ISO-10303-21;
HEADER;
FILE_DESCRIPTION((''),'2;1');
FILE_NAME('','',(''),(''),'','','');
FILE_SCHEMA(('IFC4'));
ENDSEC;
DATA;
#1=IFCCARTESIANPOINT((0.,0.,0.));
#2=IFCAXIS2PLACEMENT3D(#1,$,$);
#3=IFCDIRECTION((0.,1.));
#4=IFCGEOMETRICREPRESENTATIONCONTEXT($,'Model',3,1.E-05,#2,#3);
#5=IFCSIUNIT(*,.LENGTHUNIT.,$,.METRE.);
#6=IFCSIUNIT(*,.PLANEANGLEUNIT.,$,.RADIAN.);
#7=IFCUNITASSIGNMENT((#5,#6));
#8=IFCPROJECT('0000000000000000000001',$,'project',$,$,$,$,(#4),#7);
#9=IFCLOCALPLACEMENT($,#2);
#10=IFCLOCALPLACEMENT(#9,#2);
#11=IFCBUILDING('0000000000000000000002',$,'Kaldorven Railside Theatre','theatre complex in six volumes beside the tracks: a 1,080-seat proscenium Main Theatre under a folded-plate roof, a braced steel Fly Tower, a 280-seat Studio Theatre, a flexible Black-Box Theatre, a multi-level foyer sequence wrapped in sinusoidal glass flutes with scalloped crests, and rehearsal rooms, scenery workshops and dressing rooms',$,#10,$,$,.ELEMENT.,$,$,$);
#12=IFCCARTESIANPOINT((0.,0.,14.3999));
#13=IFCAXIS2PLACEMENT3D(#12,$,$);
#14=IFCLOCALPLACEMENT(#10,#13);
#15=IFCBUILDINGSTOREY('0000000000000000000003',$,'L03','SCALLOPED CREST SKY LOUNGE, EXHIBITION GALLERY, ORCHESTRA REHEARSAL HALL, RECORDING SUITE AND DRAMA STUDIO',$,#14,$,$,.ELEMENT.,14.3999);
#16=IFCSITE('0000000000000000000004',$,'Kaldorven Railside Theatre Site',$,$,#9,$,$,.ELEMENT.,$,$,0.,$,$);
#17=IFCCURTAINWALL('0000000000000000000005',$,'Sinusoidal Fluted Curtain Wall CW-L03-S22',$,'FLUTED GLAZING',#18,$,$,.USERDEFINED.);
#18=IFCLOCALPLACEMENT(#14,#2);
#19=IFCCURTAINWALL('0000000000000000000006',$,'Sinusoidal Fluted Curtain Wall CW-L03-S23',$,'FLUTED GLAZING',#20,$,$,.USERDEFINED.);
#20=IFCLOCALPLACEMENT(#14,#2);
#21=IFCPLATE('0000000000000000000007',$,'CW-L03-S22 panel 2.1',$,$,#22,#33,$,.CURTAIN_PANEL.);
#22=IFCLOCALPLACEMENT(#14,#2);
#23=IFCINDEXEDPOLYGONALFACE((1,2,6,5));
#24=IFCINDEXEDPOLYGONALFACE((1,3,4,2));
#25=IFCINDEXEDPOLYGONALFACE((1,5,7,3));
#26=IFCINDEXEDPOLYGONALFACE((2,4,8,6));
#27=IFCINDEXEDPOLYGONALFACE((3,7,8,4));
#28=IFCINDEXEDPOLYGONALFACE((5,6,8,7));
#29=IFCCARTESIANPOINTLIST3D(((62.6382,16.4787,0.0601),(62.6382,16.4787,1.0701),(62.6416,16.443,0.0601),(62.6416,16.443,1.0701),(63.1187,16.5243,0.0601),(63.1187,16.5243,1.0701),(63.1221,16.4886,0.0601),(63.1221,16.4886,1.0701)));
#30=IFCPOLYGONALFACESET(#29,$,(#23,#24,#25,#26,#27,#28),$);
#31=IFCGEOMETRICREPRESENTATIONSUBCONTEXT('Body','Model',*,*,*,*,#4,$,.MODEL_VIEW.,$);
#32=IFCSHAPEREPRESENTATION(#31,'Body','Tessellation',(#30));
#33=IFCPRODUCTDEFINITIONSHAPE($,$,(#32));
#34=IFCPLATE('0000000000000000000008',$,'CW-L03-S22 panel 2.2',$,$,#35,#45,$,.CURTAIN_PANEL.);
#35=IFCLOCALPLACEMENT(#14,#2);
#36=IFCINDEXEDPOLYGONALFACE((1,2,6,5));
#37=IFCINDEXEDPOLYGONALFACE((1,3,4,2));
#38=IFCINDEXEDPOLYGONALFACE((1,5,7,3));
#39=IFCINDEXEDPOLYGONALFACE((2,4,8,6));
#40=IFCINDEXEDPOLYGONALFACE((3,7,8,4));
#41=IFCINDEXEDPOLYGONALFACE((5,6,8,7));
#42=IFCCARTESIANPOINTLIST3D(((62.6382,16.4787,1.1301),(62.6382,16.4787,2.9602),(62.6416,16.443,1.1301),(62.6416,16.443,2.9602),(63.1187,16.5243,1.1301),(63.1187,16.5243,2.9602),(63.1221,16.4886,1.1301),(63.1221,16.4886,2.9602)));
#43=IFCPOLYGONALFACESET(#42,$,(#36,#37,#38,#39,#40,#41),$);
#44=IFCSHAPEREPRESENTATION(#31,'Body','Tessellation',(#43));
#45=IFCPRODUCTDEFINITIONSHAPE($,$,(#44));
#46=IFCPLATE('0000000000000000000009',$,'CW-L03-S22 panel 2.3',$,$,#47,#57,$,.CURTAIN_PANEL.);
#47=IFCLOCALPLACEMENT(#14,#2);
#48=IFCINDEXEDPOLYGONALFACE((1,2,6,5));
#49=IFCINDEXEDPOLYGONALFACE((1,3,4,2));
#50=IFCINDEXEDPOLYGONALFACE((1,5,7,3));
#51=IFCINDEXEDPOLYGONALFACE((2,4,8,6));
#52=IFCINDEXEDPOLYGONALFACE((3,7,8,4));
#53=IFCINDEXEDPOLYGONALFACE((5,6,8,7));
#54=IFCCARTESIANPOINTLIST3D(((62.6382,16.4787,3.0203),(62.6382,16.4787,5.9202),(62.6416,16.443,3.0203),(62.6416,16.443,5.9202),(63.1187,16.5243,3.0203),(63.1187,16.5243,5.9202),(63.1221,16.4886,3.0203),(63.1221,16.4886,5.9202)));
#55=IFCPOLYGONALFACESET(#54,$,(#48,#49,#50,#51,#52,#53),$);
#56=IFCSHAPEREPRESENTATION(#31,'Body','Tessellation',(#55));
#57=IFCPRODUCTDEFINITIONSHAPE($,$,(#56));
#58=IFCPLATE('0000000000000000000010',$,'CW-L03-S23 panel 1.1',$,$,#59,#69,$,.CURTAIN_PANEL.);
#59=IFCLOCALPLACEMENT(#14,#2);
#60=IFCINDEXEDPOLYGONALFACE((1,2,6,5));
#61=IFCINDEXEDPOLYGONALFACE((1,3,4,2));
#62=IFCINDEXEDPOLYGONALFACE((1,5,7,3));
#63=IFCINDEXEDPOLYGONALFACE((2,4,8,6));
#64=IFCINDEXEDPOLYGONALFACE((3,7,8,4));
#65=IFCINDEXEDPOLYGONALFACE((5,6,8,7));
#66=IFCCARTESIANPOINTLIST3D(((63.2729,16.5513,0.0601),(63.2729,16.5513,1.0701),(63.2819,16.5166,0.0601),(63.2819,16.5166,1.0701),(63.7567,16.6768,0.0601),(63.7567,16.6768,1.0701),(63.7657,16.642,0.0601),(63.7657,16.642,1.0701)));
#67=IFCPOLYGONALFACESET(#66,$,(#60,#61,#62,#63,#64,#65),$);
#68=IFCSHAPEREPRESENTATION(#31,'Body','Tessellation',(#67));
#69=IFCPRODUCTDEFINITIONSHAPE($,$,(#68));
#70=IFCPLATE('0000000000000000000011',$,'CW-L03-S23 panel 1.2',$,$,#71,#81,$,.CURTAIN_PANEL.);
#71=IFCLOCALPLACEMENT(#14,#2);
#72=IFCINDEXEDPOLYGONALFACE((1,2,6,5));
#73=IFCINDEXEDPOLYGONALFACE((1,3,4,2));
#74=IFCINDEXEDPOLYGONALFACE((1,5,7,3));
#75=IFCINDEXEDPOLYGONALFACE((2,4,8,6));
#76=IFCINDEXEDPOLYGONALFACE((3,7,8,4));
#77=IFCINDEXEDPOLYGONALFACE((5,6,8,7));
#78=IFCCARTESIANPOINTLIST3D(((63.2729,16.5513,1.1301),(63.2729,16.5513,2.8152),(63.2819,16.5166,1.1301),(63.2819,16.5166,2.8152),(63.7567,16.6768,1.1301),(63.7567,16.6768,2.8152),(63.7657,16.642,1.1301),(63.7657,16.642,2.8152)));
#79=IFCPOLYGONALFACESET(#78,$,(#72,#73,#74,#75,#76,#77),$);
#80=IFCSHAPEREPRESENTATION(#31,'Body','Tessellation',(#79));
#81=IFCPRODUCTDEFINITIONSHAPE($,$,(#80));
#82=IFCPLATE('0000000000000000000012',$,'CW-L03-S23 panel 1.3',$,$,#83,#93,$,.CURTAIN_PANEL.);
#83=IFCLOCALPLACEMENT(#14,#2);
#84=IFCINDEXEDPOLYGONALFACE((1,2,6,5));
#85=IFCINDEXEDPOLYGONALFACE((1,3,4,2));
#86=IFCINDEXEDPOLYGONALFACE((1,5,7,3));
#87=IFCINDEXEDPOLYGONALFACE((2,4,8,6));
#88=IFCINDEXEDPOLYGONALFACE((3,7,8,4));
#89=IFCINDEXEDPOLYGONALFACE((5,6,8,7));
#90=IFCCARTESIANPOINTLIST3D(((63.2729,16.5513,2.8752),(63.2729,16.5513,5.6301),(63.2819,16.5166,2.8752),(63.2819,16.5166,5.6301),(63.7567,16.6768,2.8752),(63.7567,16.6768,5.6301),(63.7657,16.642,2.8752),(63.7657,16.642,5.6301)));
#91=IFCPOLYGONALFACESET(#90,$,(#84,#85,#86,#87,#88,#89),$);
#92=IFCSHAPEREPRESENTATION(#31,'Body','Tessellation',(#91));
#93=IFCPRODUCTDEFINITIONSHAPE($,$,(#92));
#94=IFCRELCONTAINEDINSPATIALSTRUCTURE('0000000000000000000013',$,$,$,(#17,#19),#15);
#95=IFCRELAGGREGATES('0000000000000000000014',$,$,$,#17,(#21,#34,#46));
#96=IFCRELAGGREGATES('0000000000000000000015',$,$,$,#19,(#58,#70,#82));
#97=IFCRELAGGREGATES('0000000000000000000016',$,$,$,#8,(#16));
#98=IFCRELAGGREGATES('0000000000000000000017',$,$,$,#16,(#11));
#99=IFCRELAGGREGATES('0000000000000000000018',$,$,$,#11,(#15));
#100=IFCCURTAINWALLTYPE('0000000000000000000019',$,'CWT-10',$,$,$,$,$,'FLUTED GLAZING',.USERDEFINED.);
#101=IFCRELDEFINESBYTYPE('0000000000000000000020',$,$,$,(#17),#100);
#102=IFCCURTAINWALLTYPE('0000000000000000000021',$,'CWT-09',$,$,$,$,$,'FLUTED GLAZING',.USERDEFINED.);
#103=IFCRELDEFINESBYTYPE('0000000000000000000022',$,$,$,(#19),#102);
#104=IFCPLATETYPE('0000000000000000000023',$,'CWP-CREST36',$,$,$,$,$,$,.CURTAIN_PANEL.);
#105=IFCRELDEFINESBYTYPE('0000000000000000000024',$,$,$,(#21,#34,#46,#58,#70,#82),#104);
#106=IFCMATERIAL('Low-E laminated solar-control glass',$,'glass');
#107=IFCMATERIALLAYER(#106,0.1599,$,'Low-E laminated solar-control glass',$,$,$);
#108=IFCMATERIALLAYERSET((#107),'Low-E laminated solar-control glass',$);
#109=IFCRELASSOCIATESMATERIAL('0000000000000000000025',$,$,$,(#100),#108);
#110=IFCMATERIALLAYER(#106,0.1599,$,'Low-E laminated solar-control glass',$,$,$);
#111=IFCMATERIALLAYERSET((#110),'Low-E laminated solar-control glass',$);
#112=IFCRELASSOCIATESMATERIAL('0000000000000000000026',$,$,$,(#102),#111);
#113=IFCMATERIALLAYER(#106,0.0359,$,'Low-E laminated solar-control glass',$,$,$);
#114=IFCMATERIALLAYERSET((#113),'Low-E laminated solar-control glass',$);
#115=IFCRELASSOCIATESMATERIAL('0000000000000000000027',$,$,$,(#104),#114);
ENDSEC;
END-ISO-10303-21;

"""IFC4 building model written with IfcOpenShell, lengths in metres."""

from ifc_helpers import new_model, si_unit, direction, frame, origin, origin_2d, place, context, subcontext, project, spatial, rectangle, extrude, material, layer, layer_set, type_object, element, aggregate, save


model = new_model("IFC4")

# Units and contexts
model_context = context("Model", 3, precision=1e-05, world=origin(), true_north=direction((0.0, 1.0)))
body_context = subcontext(model_context, "Body", "Model", "MODEL_VIEW")
ifc_project = project(units=[si_unit("LENGTHUNIT", "METRE"), si_unit("PLANEANGLEUNIT", "RADIAN")], contexts=[model_context])

# Site, building, storey
site_placement = place(None, origin())
site = spatial("IfcSite", under=ifc_project, at=site_placement, Name="Kaldorven Railside Theatre Site", CompositionType="ELEMENT", RefElevation=0.0)
building_placement = place(site_placement, origin())
building = spatial("IfcBuilding", under=site, at=building_placement, Name="Kaldorven Railside Theatre", Description="theatre complex in six volumes beside the tracks: a 1,080-seat proscenium Main Theatre under a folded-plate roof, a braced steel Fly Tower, a 280-seat Studio Theatre, a flexible Black-Box Theatre, a multi-level foyer sequence wrapped in sinusoidal glass flutes with scalloped crests, and rehearsal rooms, scenery workshops and dressing rooms", CompositionType="ELEMENT")
storey_placement = place(building_placement, frame((0.0, 0.0, 14.3999)))
storey = spatial("IfcBuildingStorey", under=building, at=storey_placement, Name="L03", Description="SCALLOPED CREST SKY LOUNGE, EXHIBITION GALLERY, ORCHESTRA REHEARSAL HALL, RECORDING SUITE AND DRAMA STUDIO", CompositionType="ELEMENT", Elevation=14.3999)

# Curtain walls
ifc_material_1 = material(Name="Low-E laminated solar-control glass", Category="glass")
ifc_layer_1 = layer(ifc_material_1, 0.1599, Name="Low-E laminated solar-control glass")
ifc_layer_set_1 = layer_set([ifc_layer_1], Name="Low-E laminated solar-control glass")
curtain_wall_type_1 = type_object("IfcCurtainWallType", Name="CWT-10", ElementType="FLUTED GLAZING", PredefinedType="USERDEFINED", material=ifc_layer_set_1)
curtain_wall_1_placement = place(storey_placement, origin())
curtain_wall_1 = element("IfcCurtainWall", 1, at=curtain_wall_1_placement, inside=storey, type_object=curtain_wall_type_1, Name="Sinusoidal Fluted Curtain Wall CW-L03-S22", ObjectType="FLUTED GLAZING", PredefinedType="USERDEFINED")
ifc_layer_2 = layer(ifc_material_1, 0.1599, Name="Low-E laminated solar-control glass")
ifc_layer_set_2 = layer_set([ifc_layer_2], Name="Low-E laminated solar-control glass")
curtain_wall_type_2 = type_object("IfcCurtainWallType", Name="CWT-09", ElementType="FLUTED GLAZING", PredefinedType="USERDEFINED", material=ifc_layer_set_2)
curtain_wall_2_placement = place(storey_placement, origin())
curtain_wall_2 = element("IfcCurtainWall", 2, at=curtain_wall_2_placement, inside=storey, type_object=curtain_wall_type_2, Name="Sinusoidal Fluted Curtain Wall CW-L03-S23", ObjectType="FLUTED GLAZING", PredefinedType="USERDEFINED")

# Plates
ifc_layer_3 = layer(ifc_material_1, 0.0359, Name="Low-E laminated solar-control glass")
ifc_layer_set_3 = layer_set([ifc_layer_3], Name="Low-E laminated solar-control glass")
plate_type = type_object("IfcPlateType", Name="CWP-CREST36", PredefinedType="CURTAIN_PANEL", material=ifc_layer_set_3)
plate_1_placement = place(storey_placement, frame((62.8801, 16.4836, 0.0601), z_axis=(0.0, 0.0, 1.0), x_axis=(0.995526, 0.094492, 0.0)))
plate_1 = element("IfcPlate", 3, at=plate_1_placement, type_object=plate_type, Name="CW-L03-S22 panel 2.1", PredefinedType="CURTAIN_PANEL", context=body_context, shape_type="SweptSolid", body=[
    extrude(rectangle(XDim=0.4827, YDim=0.0359, at=origin_2d()), origin(), (0.0, 0.0, 1.0), 1.01),
])
plate_2_placement = place(storey_placement, frame((62.8801, 16.4836, 1.1301), z_axis=(0.0, 0.0, 1.0), x_axis=(0.995526, 0.094492, 0.0)))
plate_2 = element("IfcPlate", 4, at=plate_2_placement, type_object=plate_type, Name="CW-L03-S22 panel 2.2", PredefinedType="CURTAIN_PANEL", context=body_context, shape_type="SweptSolid", body=[
    extrude(rectangle(XDim=0.4827, YDim=0.0359, at=origin_2d()), origin(), (0.0, 0.0, 1.0), 1.8301),
])
plate_3_placement = place(storey_placement, frame((62.8801, 16.4836, 3.0203), z_axis=(0.0, 0.0, 1.0), x_axis=(0.995526, 0.094492, 0.0)))
plate_3 = element("IfcPlate", 5, at=plate_3_placement, type_object=plate_type, Name="CW-L03-S22 panel 2.3", PredefinedType="CURTAIN_PANEL", context=body_context, shape_type="SweptSolid", body=[
    extrude(rectangle(XDim=0.4827, YDim=0.0359, at=origin_2d()), origin(), (0.0, 0.0, 1.0), 2.8999),
])
aggregate(curtain_wall_1, [plate_1, plate_2, plate_3])
plate_4_placement = place(storey_placement, frame((63.5193, 16.5967, 0.0601), z_axis=(0.0, 0.0, 1.0), x_axis=(0.967999, 0.250954, 0.0)))
plate_4 = element("IfcPlate", 6, at=plate_4_placement, type_object=plate_type, Name="CW-L03-S23 panel 1.1", PredefinedType="CURTAIN_PANEL", context=body_context, shape_type="SweptSolid", body=[
    extrude(rectangle(XDim=0.4998, YDim=0.0359, at=origin_2d()), origin(), (0.0, 0.0, 1.0), 1.01),
])
plate_5_placement = place(storey_placement, frame((63.5193, 16.5967, 1.1301), z_axis=(0.0, 0.0, 1.0), x_axis=(0.967999, 0.250954, 0.0)))
plate_5 = element("IfcPlate", 7, at=plate_5_placement, type_object=plate_type, Name="CW-L03-S23 panel 1.2", PredefinedType="CURTAIN_PANEL", context=body_context, shape_type="SweptSolid", body=[
    extrude(rectangle(XDim=0.4998, YDim=0.0359, at=origin_2d()), origin(), (0.0, 0.0, 1.0), 1.6851),
])
plate_6_placement = place(storey_placement, frame((63.5193, 16.5967, 2.8752), z_axis=(0.0, 0.0, 1.0), x_axis=(0.967999, 0.250954, 0.0)))
plate_6 = element("IfcPlate", 8, at=plate_6_placement, type_object=plate_type, Name="CW-L03-S23 panel 1.3", PredefinedType="CURTAIN_PANEL", context=body_context, shape_type="SweptSolid", body=[
    extrude(rectangle(XDim=0.4998, YDim=0.0359, at=origin_2d()), origin(), (0.0, 0.0, 1.0), 2.7549),
])
aggregate(curtain_wall_2, [plate_4, plate_5, plate_6])

save(model, "model.ifc")
